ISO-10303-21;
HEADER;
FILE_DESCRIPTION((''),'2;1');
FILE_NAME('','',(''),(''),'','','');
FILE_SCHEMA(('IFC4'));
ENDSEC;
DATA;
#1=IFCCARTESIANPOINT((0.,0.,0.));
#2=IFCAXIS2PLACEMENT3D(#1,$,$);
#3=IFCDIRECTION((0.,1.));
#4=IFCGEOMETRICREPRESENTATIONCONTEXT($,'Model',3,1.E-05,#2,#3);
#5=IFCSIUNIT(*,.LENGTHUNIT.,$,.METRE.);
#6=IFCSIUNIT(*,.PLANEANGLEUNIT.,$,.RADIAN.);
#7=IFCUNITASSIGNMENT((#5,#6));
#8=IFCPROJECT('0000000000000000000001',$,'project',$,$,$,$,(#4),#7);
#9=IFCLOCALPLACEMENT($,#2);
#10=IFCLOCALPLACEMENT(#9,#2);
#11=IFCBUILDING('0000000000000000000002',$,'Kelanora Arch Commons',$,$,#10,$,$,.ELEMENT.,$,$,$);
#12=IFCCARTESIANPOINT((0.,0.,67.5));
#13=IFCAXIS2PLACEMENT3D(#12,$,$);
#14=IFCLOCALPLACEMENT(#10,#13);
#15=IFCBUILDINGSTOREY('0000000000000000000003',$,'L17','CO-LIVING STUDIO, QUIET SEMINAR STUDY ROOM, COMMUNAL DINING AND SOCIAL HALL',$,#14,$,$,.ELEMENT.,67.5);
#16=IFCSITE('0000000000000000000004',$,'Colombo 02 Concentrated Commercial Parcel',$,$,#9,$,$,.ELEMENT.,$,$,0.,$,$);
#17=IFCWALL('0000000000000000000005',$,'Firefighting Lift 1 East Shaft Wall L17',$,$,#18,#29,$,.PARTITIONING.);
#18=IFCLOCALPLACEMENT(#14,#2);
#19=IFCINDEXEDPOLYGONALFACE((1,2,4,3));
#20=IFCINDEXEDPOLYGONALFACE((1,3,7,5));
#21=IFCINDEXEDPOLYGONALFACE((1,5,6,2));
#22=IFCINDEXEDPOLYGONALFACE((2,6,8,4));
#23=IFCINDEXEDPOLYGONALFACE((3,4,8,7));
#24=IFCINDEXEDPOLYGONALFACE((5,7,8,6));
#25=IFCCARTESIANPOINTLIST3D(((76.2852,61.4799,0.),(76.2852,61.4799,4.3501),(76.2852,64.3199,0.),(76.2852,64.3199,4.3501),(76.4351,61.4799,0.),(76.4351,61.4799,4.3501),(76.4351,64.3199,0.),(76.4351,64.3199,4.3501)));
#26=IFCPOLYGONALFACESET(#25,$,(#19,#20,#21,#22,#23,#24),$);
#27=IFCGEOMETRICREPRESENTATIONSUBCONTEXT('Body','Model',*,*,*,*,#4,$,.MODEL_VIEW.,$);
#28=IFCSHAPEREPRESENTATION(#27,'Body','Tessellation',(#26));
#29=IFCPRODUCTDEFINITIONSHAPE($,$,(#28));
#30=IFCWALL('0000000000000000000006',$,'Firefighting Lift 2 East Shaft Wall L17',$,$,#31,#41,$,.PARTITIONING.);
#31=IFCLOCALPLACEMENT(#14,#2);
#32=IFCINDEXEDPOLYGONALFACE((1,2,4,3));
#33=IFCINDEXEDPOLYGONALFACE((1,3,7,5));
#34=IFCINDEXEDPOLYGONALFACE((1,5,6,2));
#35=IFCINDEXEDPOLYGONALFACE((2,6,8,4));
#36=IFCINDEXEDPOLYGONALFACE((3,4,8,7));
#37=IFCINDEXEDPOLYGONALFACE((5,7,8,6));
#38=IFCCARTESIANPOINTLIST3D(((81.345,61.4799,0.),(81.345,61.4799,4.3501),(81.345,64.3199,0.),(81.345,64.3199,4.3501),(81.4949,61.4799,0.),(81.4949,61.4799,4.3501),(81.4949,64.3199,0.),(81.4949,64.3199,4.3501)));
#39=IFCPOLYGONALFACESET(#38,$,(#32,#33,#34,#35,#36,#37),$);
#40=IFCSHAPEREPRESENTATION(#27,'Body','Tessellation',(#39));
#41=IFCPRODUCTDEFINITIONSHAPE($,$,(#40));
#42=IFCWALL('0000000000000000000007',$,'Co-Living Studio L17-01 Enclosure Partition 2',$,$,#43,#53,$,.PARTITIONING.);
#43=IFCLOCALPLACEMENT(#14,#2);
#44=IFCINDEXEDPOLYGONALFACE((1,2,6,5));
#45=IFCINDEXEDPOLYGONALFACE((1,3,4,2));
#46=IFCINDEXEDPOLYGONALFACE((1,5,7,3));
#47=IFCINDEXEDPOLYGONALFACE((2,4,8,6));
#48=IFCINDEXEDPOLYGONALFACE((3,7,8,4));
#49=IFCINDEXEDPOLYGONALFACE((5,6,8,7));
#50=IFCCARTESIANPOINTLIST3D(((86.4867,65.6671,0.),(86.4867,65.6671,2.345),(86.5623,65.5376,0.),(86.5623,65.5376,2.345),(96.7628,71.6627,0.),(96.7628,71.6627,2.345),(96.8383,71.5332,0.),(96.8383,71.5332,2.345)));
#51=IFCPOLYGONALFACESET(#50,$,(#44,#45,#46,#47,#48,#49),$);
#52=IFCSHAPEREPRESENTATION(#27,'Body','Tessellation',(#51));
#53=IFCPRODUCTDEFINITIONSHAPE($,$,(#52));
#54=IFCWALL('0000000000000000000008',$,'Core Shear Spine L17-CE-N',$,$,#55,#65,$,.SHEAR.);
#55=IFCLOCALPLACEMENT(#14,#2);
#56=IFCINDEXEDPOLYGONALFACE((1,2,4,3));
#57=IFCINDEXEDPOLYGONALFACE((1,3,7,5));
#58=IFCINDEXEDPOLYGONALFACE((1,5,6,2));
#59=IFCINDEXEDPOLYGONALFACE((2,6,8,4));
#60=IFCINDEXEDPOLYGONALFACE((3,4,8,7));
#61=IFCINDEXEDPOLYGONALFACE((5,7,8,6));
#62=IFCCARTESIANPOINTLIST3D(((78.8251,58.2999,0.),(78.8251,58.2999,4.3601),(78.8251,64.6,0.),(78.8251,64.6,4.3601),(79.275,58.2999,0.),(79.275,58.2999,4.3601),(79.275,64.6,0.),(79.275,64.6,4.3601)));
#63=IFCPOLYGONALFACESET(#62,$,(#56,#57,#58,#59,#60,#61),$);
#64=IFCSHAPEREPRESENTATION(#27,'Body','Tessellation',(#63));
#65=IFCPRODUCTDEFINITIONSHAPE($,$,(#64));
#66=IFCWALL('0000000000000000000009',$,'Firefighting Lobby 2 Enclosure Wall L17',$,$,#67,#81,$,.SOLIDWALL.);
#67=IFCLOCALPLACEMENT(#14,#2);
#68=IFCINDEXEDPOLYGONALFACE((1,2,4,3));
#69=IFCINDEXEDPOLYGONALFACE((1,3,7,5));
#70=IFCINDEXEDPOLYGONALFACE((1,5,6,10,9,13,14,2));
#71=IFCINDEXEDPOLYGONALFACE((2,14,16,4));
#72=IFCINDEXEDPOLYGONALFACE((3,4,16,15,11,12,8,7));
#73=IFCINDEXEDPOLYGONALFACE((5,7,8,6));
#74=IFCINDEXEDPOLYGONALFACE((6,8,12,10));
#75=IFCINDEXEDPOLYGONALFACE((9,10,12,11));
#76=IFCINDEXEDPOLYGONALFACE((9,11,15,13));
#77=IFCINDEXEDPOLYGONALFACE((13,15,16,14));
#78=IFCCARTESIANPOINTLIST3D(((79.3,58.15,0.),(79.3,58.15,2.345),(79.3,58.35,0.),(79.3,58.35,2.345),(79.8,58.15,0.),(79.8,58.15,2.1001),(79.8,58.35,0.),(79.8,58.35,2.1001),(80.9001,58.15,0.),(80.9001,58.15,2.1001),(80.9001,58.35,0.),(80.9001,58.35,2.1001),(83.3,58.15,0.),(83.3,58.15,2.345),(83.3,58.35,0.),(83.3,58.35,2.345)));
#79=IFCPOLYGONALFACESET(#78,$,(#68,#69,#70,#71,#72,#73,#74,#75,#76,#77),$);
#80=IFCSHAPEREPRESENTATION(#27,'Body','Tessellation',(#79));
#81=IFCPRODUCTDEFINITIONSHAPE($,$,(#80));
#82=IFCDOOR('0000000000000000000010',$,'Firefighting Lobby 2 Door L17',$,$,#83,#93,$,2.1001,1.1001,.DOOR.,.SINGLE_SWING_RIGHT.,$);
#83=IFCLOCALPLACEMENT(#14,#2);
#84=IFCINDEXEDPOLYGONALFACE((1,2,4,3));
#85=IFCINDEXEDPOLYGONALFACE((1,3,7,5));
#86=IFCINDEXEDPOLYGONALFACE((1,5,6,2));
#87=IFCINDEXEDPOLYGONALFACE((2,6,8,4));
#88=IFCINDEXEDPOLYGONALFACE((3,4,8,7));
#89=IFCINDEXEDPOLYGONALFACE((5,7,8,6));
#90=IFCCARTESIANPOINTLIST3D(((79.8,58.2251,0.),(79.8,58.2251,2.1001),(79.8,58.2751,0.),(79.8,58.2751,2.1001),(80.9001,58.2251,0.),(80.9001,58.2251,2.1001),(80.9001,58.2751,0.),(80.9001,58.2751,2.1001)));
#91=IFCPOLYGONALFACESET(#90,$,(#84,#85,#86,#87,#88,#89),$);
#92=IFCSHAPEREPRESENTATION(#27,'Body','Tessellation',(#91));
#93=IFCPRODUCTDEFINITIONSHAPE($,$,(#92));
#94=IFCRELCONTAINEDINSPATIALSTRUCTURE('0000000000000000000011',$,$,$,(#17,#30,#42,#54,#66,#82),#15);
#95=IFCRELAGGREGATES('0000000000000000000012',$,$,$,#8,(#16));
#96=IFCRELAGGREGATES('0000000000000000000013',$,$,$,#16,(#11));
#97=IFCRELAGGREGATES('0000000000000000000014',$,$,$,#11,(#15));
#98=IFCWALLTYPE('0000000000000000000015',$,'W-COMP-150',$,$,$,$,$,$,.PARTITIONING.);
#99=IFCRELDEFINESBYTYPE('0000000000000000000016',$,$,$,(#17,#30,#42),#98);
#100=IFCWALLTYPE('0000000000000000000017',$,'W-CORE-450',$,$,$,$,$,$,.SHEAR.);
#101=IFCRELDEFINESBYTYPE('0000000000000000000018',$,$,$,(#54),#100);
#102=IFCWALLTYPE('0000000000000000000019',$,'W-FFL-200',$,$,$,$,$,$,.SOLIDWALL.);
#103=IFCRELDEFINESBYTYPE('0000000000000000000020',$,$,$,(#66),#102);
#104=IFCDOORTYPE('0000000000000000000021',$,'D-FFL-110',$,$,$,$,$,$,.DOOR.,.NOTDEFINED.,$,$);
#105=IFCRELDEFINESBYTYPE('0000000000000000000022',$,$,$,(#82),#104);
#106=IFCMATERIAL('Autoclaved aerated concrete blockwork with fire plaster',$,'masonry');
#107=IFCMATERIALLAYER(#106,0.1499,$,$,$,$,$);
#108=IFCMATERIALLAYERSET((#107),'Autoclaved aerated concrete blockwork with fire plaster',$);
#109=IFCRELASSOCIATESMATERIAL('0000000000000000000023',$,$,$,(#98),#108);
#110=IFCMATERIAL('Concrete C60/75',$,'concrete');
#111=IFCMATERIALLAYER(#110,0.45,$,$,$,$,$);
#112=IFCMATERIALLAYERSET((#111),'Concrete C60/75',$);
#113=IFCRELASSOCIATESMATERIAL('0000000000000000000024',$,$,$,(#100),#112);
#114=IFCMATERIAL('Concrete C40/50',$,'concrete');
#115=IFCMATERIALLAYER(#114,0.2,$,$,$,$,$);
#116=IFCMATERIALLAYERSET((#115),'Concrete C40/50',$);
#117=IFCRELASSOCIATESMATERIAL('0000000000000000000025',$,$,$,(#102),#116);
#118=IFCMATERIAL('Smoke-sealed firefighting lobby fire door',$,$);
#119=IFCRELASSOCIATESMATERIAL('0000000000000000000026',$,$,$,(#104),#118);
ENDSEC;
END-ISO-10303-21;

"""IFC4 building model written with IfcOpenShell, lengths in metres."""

from ifc_helpers import new_model, si_unit, direction, frame, frame_2d, origin, place, context, subcontext, project, spatial, rectangle, extrude, material, layer, layer_set, type_object, element, fill, save


model = new_model("IFC4")

# Units and contexts
model_context = context("Model", 3, precision=1e-05, world=origin(), true_north=direction((0.0, 1.0)))
body_context = subcontext(model_context, "Body", "Model", "MODEL_VIEW")
ifc_project = project(units=[si_unit("LENGTHUNIT", "METRE"), si_unit("PLANEANGLEUNIT", "RADIAN")], contexts=[model_context])

# Site, building, storey
site_placement = place(None, origin())
site = spatial("IfcSite", under=ifc_project, at=site_placement, Name="Colombo 02 Concentrated Commercial Parcel", CompositionType="ELEMENT", RefElevation=0.0)
building_placement = place(site_placement, origin())
building = spatial("IfcBuilding", under=site, at=building_placement, Name="Kelanora Arch Commons", CompositionType="ELEMENT")
storey_placement = place(building_placement, frame((0.0, 0.0, 67.5)))
storey = spatial("IfcBuildingStorey", under=building, at=storey_placement, Name="L17", Description="CO-LIVING STUDIO, QUIET SEMINAR STUDY ROOM, COMMUNAL DINING AND SOCIAL HALL", CompositionType="ELEMENT", Elevation=67.5)

# Shared definitions
ifc_material_1 = material(Name="Concrete C60/75", Category="concrete")

# Walls
ifc_material_2 = material(Name="Autoclaved aerated concrete blockwork with fire plaster", Category="masonry")
ifc_layer_1 = layer(ifc_material_2, 0.1499)
ifc_layer_set_1 = layer_set([ifc_layer_1], Name="Autoclaved aerated concrete blockwork with fire plaster")
wall_type_1 = type_object("IfcWallType", Name="W-COMP-150", PredefinedType="PARTITIONING", material=ifc_layer_set_1)
for number, where, z_axis, x_axis, name in (
    (1, (76.3601, 61.48, 0.0), (0.0, 0.0, 1.0), (0.0, 1.0, 0.0), "Firefighting Lift 1 East Shaft Wall L17"),
    (2, (81.4199, 61.48, 0.0), (0.0, 0.0, 1.0), (0.0, 1.0, 0.0), "Firefighting Lift 2 East Shaft Wall L17"),
):
    element("IfcWall", number, at=place(storey_placement, frame(where, z_axis=z_axis, x_axis=x_axis)), inside=storey, type_object=wall_type_1, Name=name, PredefinedType="PARTITIONING", context=body_context, shape_type="SweptSolid", body=[
        extrude(rectangle(XDim=2.8401, YDim=0.1499, at=frame_2d((1.4199, 0.0))), origin(), (0.0, 0.0, 1.0), 4.3501),
    ])
wall_1_placement = place(storey_placement, frame((86.5244, 65.6023, 0.0), z_axis=(0.0, 0.0, 1.0), x_axis=(0.863735, 0.503946, 0.0)))
element("IfcWall", 3, at=wall_1_placement, inside=storey, type_object=wall_type_1, Name="Co-Living Studio L17-01 Enclosure Partition 2", PredefinedType="PARTITIONING", context=body_context, shape_type="SweptSolid", body=[
    extrude(rectangle(XDim=11.8972, YDim=0.1499, at=frame_2d((5.9487, 0.0))), origin(), (0.0, 0.0, 1.0), 2.345),
])
ifc_layer_2 = layer(ifc_material_1, 0.45)
ifc_layer_set_2 = layer_set([ifc_layer_2], Name="Concrete C60/75")
wall_type_2 = type_object("IfcWallType", Name="W-CORE-450", PredefinedType="SHEAR", material=ifc_layer_set_2)
wall_2_placement = place(storey_placement, frame((79.05, 58.3, 0.0), z_axis=(0.0, 0.0, 1.0), x_axis=(0.0, 1.0, 0.0)))
element("IfcWall", 4, at=wall_2_placement, inside=storey, type_object=wall_type_2, Name="Core Shear Spine L17-CE-N", PredefinedType="SHEAR", context=body_context, shape_type="SweptSolid", body=[
    extrude(rectangle(XDim=6.3, YDim=0.45, at=frame_2d((3.1499, 0.0))), origin(), (0.0, 0.0, 1.0), 4.3601),
])

# Wall, opening, door
ifc_material_3 = material(Name="Concrete C40/50", Category="concrete")
ifc_layer_3 = layer(ifc_material_3, 0.2)
ifc_layer_set_3 = layer_set([ifc_layer_3], Name="Concrete C40/50")
wall_type_3 = type_object("IfcWallType", Name="W-FFL-200", PredefinedType="SOLIDWALL", material=ifc_layer_set_3)
wall_3_placement = place(storey_placement, frame((79.3, 58.25, 0.0), z_axis=(0.0, 0.0, 1.0), x_axis=(1.0, 0.0, 0.0)))
wall_3 = element("IfcWall", 5, at=wall_3_placement, inside=storey, type_object=wall_type_3, Name="Firefighting Lobby 2 Enclosure Wall L17", PredefinedType="SOLIDWALL", context=body_context, shape_type="SweptSolid", body=[
    extrude(rectangle(XDim=4.0, YDim=0.2, at=frame_2d((2.0, 0.0))), origin(), (0.0, 0.0, 1.0), 2.345),
])
opening_1_placement = place(wall_3_placement, frame((0.5, 0.0, 0.0)))
opening_1 = element("IfcOpeningElement", 6, at=opening_1_placement, cuts=wall_3, PredefinedType="OPENING", context=body_context, shape_type="SweptSolid", body=[
    extrude(rectangle(XDim=1.1001, YDim=2.1001, at=frame_2d((0.55, 1.05))), frame((0.0, 0.1099, 0.0), z_axis=(0.0, -1.0, 0.0), x_axis=(1.0, 0.0, 0.0)), (0.0, 0.0, 1.0), 0.22),
])
ifc_material_4 = material(Name="Smoke-sealed firefighting lobby fire door")
door_type_1 = type_object("IfcDoorType", Name="D-FFL-110", OperationType="NOTDEFINED", PredefinedType="DOOR", material=ifc_material_4)
door_1_placement = place(opening_1_placement, frame((1.1001, 0.0, 0.0), z_axis=(0.0, 0.0, 1.0), x_axis=(-1.0, 0.0, 0.0)))
door_1 = element("IfcDoor", 7, at=door_1_placement, inside=storey, type_object=door_type_1, Name="Firefighting Lobby 2 Door L17", OperationType="SINGLE_SWING_RIGHT", OverallHeight=2.1001, OverallWidth=1.1001, PredefinedType="DOOR", context=body_context, shape_type="SweptSolid", body=[
    extrude(rectangle(XDim=1.1001, YDim=2.1001, at=frame_2d((0.55, 1.05))), frame((0.0, 0.0249, 0.0), z_axis=(0.0, -1.0, 0.0), x_axis=(1.0, 0.0, 0.0)), (0.0, 0.0, 1.0), 0.05),
])
fill(opening_1, door_1)

save(model, "model.ifc")
